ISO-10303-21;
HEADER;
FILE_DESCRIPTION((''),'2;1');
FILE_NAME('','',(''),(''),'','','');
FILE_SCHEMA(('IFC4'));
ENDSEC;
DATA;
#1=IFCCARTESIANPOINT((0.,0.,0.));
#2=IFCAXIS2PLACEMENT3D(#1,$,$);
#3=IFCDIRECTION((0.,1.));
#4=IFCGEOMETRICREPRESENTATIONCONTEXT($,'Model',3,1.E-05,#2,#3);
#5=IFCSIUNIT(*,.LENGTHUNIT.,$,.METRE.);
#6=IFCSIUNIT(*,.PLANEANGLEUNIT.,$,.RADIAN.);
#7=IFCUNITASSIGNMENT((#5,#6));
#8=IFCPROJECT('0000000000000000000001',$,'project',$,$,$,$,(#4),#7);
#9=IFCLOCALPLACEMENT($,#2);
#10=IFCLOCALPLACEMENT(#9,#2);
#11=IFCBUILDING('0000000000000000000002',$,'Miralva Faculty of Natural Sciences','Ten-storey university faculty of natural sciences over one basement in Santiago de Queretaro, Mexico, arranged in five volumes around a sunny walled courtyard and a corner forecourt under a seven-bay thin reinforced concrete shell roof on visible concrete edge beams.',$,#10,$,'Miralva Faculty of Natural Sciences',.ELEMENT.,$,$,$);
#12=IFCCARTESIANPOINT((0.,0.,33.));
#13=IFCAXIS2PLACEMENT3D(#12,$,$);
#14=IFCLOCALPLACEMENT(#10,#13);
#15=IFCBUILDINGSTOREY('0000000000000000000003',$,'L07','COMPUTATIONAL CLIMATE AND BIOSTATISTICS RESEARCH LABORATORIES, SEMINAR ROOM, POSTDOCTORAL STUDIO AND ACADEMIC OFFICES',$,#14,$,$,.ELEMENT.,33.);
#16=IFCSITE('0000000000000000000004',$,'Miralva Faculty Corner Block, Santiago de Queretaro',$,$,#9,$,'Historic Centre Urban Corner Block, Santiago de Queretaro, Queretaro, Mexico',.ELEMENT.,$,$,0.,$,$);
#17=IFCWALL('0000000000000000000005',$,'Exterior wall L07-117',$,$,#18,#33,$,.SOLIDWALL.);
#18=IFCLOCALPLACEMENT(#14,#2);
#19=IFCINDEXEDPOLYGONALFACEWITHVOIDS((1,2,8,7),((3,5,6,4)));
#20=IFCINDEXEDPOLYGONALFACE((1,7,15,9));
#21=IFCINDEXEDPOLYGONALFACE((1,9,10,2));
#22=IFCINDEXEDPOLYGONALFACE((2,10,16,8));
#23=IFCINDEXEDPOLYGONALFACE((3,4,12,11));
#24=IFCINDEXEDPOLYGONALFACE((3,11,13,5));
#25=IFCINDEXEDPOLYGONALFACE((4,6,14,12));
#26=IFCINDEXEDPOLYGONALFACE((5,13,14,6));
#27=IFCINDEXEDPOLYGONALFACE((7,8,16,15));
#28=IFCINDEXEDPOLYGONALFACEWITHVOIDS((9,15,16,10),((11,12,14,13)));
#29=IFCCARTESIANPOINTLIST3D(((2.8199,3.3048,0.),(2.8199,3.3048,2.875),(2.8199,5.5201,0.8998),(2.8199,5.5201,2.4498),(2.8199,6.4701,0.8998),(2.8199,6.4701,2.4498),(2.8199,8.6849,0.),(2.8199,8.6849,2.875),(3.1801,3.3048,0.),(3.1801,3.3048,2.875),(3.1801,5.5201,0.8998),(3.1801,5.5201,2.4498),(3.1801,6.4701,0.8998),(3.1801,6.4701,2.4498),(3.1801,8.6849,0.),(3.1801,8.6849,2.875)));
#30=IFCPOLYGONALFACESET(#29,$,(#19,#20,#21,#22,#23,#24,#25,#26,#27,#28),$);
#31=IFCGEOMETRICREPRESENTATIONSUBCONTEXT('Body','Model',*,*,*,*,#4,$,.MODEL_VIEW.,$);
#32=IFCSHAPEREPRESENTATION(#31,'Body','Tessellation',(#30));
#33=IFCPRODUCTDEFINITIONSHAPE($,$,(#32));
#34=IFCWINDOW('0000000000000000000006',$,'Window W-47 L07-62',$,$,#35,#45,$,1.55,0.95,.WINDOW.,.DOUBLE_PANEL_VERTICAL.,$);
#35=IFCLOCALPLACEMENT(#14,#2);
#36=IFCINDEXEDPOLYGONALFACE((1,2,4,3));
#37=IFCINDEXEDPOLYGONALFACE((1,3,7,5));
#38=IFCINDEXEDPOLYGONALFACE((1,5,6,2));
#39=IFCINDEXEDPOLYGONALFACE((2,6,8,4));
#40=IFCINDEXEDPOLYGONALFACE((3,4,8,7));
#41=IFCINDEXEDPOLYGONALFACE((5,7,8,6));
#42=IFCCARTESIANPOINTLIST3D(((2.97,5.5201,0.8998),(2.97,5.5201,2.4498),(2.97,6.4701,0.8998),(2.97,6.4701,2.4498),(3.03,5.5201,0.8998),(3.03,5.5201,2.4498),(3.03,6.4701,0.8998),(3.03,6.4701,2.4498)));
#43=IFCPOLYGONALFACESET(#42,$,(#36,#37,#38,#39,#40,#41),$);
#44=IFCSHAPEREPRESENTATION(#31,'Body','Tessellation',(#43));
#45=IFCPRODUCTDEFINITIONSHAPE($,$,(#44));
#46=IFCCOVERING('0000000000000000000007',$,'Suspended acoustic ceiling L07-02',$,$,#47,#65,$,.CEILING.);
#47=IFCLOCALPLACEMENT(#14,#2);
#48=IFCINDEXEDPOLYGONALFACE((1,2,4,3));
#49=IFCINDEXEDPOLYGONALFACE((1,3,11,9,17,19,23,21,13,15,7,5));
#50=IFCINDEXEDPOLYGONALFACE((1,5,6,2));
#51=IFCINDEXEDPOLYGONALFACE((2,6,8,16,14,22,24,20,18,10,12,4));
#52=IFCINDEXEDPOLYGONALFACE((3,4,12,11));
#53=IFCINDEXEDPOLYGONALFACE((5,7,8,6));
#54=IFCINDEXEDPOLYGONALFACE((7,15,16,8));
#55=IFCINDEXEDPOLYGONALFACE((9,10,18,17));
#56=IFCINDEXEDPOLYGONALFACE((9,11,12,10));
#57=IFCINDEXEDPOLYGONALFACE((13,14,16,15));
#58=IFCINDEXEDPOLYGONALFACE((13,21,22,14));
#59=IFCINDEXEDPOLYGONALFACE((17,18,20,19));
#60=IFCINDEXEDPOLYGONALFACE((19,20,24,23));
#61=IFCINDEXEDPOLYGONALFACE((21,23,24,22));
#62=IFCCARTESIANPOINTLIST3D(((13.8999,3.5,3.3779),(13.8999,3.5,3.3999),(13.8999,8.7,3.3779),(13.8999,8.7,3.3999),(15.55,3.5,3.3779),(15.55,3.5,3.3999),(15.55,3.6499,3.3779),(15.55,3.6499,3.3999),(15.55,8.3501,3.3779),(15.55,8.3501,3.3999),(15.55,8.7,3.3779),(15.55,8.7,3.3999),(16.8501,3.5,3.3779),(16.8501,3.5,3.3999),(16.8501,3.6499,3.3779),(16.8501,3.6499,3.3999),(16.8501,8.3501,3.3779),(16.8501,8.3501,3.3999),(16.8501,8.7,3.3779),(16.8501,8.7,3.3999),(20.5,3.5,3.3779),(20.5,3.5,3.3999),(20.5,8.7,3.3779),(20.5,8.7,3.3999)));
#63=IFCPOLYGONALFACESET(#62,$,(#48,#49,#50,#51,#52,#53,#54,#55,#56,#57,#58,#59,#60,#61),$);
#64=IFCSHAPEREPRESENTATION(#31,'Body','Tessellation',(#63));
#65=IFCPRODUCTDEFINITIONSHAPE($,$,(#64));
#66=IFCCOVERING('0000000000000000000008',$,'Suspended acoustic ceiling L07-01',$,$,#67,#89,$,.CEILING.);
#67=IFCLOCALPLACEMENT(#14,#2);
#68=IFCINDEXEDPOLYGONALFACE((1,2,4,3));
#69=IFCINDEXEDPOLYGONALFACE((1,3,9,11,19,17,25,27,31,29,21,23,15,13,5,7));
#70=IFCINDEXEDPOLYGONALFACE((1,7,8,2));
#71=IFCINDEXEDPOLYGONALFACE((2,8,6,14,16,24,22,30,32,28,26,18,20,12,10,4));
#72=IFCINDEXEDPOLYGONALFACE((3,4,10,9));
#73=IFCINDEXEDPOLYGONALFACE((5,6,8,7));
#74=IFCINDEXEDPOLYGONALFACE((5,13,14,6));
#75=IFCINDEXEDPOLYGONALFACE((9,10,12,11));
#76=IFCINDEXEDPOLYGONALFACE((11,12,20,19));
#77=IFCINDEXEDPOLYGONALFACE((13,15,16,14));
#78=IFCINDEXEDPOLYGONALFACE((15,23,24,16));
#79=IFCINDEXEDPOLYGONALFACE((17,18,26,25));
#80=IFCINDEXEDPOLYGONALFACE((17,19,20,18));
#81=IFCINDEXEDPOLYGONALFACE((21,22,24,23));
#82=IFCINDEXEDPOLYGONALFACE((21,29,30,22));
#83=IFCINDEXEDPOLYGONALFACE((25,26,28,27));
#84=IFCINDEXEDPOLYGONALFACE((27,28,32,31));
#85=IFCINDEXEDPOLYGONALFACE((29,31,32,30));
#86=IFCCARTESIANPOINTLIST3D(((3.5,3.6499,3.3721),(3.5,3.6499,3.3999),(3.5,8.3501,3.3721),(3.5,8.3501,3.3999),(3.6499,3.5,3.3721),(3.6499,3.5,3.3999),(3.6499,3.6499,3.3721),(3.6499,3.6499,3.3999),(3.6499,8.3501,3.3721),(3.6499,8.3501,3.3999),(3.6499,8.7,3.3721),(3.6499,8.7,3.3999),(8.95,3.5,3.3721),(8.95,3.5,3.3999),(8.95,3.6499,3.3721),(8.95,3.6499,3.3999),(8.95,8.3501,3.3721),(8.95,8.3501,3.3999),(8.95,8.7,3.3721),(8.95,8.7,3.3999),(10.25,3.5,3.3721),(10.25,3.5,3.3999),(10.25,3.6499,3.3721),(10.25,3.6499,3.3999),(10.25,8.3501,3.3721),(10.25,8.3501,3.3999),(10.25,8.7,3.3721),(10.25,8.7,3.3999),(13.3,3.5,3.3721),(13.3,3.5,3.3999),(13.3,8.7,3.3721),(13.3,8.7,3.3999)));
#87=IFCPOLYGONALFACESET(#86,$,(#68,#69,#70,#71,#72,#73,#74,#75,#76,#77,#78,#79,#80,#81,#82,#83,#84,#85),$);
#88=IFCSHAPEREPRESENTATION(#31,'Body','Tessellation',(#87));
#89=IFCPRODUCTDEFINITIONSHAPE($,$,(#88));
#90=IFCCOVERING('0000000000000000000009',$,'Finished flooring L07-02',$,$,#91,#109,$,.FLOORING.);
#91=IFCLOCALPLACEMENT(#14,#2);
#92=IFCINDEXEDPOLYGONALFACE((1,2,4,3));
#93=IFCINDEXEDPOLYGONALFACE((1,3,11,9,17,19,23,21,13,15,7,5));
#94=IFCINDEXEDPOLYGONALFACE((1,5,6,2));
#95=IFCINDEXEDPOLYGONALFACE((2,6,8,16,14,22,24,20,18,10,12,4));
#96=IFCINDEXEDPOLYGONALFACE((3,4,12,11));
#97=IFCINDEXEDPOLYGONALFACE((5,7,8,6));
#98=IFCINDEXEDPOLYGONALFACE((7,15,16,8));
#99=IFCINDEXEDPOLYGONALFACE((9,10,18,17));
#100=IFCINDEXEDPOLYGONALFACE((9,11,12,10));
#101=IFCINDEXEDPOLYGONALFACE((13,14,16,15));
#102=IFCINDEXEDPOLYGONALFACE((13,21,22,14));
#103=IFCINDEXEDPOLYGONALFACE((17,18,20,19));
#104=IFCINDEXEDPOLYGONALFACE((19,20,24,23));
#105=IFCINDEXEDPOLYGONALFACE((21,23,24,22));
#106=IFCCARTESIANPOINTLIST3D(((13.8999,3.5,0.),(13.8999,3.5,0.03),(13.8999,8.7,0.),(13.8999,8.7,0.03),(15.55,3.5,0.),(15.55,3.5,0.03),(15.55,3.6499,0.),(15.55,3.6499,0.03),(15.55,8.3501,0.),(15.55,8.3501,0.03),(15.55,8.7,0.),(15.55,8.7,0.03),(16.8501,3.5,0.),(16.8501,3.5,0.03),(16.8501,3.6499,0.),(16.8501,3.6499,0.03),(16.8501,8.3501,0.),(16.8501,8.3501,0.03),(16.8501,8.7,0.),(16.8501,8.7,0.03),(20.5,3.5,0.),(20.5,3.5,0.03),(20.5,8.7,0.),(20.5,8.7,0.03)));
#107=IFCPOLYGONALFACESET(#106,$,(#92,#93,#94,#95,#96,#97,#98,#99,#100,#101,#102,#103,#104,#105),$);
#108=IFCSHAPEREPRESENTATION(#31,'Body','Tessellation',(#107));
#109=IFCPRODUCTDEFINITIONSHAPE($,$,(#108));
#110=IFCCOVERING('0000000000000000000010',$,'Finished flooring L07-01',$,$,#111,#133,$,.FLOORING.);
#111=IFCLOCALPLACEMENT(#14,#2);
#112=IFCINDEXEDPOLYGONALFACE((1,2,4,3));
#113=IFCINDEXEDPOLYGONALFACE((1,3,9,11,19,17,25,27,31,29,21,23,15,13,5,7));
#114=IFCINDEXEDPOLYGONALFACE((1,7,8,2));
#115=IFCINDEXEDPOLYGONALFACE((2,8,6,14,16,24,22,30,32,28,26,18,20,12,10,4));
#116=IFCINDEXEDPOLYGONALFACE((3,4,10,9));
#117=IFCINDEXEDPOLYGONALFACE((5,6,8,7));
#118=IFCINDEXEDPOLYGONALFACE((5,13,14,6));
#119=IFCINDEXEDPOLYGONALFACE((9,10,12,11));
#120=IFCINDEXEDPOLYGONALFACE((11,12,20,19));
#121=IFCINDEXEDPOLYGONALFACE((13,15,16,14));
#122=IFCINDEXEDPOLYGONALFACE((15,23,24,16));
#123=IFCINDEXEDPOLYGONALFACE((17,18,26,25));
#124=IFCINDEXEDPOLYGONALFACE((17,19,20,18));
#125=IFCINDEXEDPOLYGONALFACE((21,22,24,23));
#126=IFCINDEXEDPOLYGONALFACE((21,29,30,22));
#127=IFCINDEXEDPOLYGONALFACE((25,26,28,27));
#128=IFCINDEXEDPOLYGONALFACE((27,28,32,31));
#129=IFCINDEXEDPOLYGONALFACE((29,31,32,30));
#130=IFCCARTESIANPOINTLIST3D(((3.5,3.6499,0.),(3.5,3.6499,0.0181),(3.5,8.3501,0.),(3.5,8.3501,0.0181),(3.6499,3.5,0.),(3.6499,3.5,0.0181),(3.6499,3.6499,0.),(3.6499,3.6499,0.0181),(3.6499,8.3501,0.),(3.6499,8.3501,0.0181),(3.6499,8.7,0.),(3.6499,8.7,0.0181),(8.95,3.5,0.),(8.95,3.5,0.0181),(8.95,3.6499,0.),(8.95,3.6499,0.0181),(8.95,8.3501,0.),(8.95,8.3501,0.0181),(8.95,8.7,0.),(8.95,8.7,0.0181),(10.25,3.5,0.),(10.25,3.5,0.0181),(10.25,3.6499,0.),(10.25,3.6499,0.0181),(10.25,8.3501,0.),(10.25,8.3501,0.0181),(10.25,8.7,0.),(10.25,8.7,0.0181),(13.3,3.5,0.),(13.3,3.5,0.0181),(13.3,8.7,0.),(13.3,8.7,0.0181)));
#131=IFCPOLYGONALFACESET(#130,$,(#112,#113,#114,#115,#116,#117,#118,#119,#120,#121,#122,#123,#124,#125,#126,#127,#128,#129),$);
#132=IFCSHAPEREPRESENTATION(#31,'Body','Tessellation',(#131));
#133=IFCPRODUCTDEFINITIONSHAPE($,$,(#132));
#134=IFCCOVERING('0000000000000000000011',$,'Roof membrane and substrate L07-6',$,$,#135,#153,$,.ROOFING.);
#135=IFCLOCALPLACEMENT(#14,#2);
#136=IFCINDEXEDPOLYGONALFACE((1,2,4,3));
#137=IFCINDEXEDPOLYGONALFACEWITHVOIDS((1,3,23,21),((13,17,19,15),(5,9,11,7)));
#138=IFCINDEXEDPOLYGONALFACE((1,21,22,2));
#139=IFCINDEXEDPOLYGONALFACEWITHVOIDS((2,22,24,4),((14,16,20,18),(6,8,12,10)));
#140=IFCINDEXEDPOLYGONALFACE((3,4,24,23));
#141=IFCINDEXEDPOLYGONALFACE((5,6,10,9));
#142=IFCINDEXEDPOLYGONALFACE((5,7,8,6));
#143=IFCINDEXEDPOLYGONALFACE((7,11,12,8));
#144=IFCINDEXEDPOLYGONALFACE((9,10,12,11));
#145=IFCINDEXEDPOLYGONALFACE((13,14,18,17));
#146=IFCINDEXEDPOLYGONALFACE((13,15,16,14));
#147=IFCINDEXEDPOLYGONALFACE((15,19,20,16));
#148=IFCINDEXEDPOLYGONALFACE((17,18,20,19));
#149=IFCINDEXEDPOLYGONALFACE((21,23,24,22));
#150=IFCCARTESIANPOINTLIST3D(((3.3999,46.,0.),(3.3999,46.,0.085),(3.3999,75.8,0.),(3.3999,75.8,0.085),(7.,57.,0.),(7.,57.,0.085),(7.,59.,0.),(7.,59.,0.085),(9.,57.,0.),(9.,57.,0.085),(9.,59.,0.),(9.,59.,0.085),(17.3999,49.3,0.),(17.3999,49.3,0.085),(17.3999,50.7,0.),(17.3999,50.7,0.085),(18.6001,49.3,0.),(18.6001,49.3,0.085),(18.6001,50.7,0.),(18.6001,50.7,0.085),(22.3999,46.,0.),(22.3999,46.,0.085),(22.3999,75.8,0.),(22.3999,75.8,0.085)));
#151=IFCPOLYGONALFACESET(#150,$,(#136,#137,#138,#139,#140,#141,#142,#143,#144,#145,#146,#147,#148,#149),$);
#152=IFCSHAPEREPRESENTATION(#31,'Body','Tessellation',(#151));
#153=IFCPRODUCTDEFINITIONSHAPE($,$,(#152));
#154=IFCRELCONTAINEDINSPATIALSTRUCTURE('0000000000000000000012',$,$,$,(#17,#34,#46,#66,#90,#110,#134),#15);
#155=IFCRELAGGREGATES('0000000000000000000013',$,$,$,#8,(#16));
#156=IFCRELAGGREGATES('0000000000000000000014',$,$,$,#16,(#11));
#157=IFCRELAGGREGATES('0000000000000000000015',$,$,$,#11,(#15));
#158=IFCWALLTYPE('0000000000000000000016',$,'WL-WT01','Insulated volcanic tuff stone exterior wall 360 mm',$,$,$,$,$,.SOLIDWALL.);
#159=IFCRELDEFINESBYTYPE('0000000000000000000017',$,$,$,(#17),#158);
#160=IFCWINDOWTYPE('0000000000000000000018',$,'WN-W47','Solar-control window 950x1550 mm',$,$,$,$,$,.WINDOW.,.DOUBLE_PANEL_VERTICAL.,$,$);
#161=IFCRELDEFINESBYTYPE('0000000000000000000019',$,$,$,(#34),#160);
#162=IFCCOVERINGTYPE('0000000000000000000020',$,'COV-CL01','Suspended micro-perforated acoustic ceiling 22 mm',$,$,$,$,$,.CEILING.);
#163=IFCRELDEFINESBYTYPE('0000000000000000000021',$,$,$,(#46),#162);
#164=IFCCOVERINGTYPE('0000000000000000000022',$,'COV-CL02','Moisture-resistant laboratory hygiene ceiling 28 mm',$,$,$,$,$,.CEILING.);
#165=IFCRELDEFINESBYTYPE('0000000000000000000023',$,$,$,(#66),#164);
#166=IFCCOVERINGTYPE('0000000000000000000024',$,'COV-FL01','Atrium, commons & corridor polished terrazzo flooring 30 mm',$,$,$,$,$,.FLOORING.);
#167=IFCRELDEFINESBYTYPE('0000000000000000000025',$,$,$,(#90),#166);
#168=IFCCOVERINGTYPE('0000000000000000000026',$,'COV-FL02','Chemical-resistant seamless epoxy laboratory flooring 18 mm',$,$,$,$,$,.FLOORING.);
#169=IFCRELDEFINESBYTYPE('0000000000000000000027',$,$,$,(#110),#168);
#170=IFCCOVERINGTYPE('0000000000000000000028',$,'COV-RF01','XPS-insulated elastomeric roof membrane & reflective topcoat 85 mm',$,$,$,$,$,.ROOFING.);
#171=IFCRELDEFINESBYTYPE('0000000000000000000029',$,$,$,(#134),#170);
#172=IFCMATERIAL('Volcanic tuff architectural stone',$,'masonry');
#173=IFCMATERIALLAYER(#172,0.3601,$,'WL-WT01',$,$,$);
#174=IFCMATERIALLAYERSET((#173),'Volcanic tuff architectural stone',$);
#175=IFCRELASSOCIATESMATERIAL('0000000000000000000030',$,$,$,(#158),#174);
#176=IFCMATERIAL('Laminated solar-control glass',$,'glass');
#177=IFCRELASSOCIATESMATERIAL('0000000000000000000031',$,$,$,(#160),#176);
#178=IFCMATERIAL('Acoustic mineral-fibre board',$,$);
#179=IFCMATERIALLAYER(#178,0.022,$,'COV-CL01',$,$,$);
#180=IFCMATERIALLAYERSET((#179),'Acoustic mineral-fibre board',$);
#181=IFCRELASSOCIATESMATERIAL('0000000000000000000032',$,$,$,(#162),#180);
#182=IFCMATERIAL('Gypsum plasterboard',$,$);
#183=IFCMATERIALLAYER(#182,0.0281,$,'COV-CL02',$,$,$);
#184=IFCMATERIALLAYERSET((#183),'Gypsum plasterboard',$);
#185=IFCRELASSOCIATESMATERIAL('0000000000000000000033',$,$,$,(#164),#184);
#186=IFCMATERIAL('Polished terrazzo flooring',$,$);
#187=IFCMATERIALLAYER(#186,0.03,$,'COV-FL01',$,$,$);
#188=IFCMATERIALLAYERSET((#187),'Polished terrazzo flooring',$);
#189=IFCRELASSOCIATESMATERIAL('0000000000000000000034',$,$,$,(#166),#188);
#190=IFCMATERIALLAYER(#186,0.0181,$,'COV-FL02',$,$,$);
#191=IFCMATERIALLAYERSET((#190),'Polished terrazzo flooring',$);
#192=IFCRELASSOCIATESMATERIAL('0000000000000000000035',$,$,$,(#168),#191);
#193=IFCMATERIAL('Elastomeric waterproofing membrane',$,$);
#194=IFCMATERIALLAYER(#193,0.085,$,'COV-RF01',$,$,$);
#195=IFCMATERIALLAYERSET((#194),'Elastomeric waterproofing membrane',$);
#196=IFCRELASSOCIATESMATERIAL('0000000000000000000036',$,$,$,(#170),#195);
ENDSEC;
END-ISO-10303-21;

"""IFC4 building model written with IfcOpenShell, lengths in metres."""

from ifc_helpers import new_model, si_unit, direction, frame, frame_2d, origin, place, context, subcontext, project, spatial, polyline, rectangle, outline, extrude, material, layer, layer_set, type_object, element, fill, save


model = new_model("IFC4")

# Units and contexts
model_context = context("Model", 3, precision=1e-05, world=origin(), true_north=direction((0.0, 1.0)))
body_context = subcontext(model_context, "Body", "Model", "MODEL_VIEW")
ifc_project = project(units=[si_unit("LENGTHUNIT", "METRE"), si_unit("PLANEANGLEUNIT", "RADIAN")], contexts=[model_context])

# Site, building, storey
site_placement = place(None, origin())
site = spatial("IfcSite", under=ifc_project, at=site_placement, Name="Miralva Faculty Corner Block, Santiago de Queretaro", LongName="Historic Centre Urban Corner Block, Santiago de Queretaro, Queretaro, Mexico", CompositionType="ELEMENT", RefElevation=0.0)
building_placement = place(site_placement, origin())
building = spatial("IfcBuilding", under=site, at=building_placement, Name="Miralva Faculty of Natural Sciences", Description="Ten-storey university faculty of natural sciences over one basement in Santiago de Queretaro, Mexico, arranged in five volumes around a sunny walled courtyard and a corner forecourt under a seven-bay thin reinforced concrete shell roof on visible concrete edge beams.", LongName="Miralva Faculty of Natural Sciences", CompositionType="ELEMENT")
storey_placement = place(building_placement, frame((0.0, 0.0, 33.0)))
storey = spatial("IfcBuildingStorey", under=building, at=storey_placement, Name="L07", Description="COMPUTATIONAL CLIMATE AND BIOSTATISTICS RESEARCH LABORATORIES, SEMINAR ROOM, POSTDOCTORAL STUDIO AND ACADEMIC OFFICES", CompositionType="ELEMENT", Elevation=33.0)

# Shared definitions
ifc_material_1 = material(Name="Laminated solar-control glass", Category="glass")

# Shared definitions
ifc_material_2 = material(Name="Gypsum plasterboard")

# Wall, opening, window
ifc_material_3 = material(Name="Volcanic tuff architectural stone", Category="masonry")
ifc_layer_1 = layer(ifc_material_3, 0.3601, Name="WL-WT01")
ifc_layer_set_1 = layer_set([ifc_layer_1], Name="Volcanic tuff architectural stone")
wall_type_1 = type_object("IfcWallType", Name="WL-WT01", Description="Insulated volcanic tuff stone exterior wall 360 mm", PredefinedType="SOLIDWALL", material=ifc_layer_set_1)
wall_1_placement = place(storey_placement, frame((3.0, 3.3049, 0.0), z_axis=(0.0, 0.0, 1.0), x_axis=(0.0, 1.0, 0.0)))
wall_1 = element("IfcWall", 1, at=wall_1_placement, inside=storey, type_object=wall_type_1, Name="Exterior wall L07-117", PredefinedType="SOLIDWALL", context=body_context, shape_type="SweptSolid", body=[
    extrude(rectangle(XDim=5.3801, YDim=0.3601, at=frame_2d((2.6899, 0.0))), origin(), (0.0, 0.0, 1.0), 2.875),
])
opening_1_placement = place(wall_1_placement, frame((2.2151, 0.0, 0.8999)))
opening_1 = element("IfcOpeningElement", 2, at=opening_1_placement, cuts=wall_1, PredefinedType="OPENING", context=body_context, shape_type="SweptSolid", body=[
    extrude(rectangle(XDim=0.95, YDim=1.55, at=frame_2d((0.4751, 0.7749))), frame((0.0, 0.1899, 0.0), z_axis=(0.0, -1.0, 0.0), x_axis=(1.0, 0.0, 0.0)), (0.0, 0.0, 1.0), 0.3801),
])
window_type_1 = type_object("IfcWindowType", Name="WN-W47", Description="Solar-control window 950x1550 mm", PartitioningType="DOUBLE_PANEL_VERTICAL", PredefinedType="WINDOW", material=ifc_material_1)
window_1_placement = place(opening_1_placement, origin())
window_1 = element("IfcWindow", 3, at=window_1_placement, inside=storey, type_object=window_type_1, Name="Window W-47 L07-62", OverallHeight=1.55, OverallWidth=0.95, PartitioningType="DOUBLE_PANEL_VERTICAL", PredefinedType="WINDOW", context=body_context, shape_type="SweptSolid", body=[
    extrude(rectangle(XDim=0.95, YDim=1.55, at=frame_2d((0.4751, 0.7749))), frame((0.0, 0.03, 0.0), z_axis=(0.0, -1.0, 0.0), x_axis=(1.0, 0.0, 0.0)), (0.0, 0.0, 1.0), 0.0601),
])
fill(opening_1, window_1)

# Coverings
ifc_material_4 = material(Name="Acoustic mineral-fibre board")
ifc_layer_2 = layer(ifc_material_4, 0.022, Name="COV-CL01")
ifc_layer_set_2 = layer_set([ifc_layer_2], Name="Acoustic mineral-fibre board")
covering_type_1 = type_object("IfcCoveringType", Name="COV-CL01", Description="Suspended micro-perforated acoustic ceiling 22 mm", PredefinedType="CEILING", material=ifc_layer_set_2)
covering_1_placement = place(storey_placement, frame((0.0, 0.0, 3.3779)))
element("IfcCovering", 4, at=covering_1_placement, inside=storey, type_object=covering_type_1, Name="Suspended acoustic ceiling L07-02", PredefinedType="CEILING", context=body_context, shape_type="SweptSolid", body=[
    extrude(outline(polyline([(13.8999, 3.5), (13.8999, 8.7), (15.55, 8.7), (15.55, 8.3501), (16.8501, 8.3501), (16.8501, 8.7), (20.5, 8.7), (20.5, 3.5), (16.8501, 3.5), (16.8501, 3.6499), (15.55, 3.6499), (15.55, 3.5), (13.8999, 3.5)])), origin(), (0.0, 0.0, 1.0), 0.022),
])
ifc_layer_3 = layer(ifc_material_2, 0.0281, Name="COV-CL02")
ifc_layer_set_3 = layer_set([ifc_layer_3], Name="Gypsum plasterboard")
covering_type_2 = type_object("IfcCoveringType", Name="COV-CL02", Description="Moisture-resistant laboratory hygiene ceiling 28 mm", PredefinedType="CEILING", material=ifc_layer_set_3)
covering_2_placement = place(storey_placement, frame((0.0, 0.0, 3.3721)))
element("IfcCovering", 5, at=covering_2_placement, inside=storey, type_object=covering_type_2, Name="Suspended acoustic ceiling L07-01", PredefinedType="CEILING", context=body_context, shape_type="SweptSolid", body=[
    extrude(outline(polyline([(3.6499, 3.5), (3.6499, 3.6499), (3.5, 3.6499), (3.5, 8.3501), (3.6499, 8.3501), (3.6499, 8.7), (8.95, 8.7), (8.95, 8.3501), (10.25, 8.3501), (10.25, 8.7), (13.3, 8.7), (13.3, 3.5), (10.25, 3.5), (10.25, 3.6499), (8.95, 3.6499), (8.95, 3.5), (3.6499, 3.5)])), origin(), (0.0, 0.0, 1.0), 0.0278),
])
ifc_material_5 = material(Name="Polished terrazzo flooring")
ifc_layer_4 = layer(ifc_material_5, 0.03, Name="COV-FL01")
ifc_layer_set_4 = layer_set([ifc_layer_4], Name="Polished terrazzo flooring")
covering_type_3 = type_object("IfcCoveringType", Name="COV-FL01", Description="Atrium, commons & corridor polished terrazzo flooring 30 mm", PredefinedType="FLOORING", material=ifc_layer_set_4)
covering_3_placement = place(storey_placement, origin())
element("IfcCovering", 6, at=covering_3_placement, inside=storey, type_object=covering_type_3, Name="Finished flooring L07-02", PredefinedType="FLOORING", context=body_context, shape_type="SweptSolid", body=[
    extrude(outline(polyline([(13.8999, 3.5), (13.8999, 8.7), (15.55, 8.7), (15.55, 8.3501), (16.8501, 8.3501), (16.8501, 8.7), (20.5, 8.7), (20.5, 3.5), (16.8501, 3.5), (16.8501, 3.6499), (15.55, 3.6499), (15.55, 3.5), (13.8999, 3.5)])), origin(), (0.0, 0.0, 1.0), 0.03),
])
ifc_layer_5 = layer(ifc_material_5, 0.0181, Name="COV-FL02")
ifc_layer_set_5 = layer_set([ifc_layer_5], Name="Polished terrazzo flooring")
covering_type_4 = type_object("IfcCoveringType", Name="COV-FL02", Description="Chemical-resistant seamless epoxy laboratory flooring 18 mm", PredefinedType="FLOORING", material=ifc_layer_set_5)
covering_4_placement = place(storey_placement, origin())
element("IfcCovering", 7, at=covering_4_placement, inside=storey, type_object=covering_type_4, Name="Finished flooring L07-01", PredefinedType="FLOORING", context=body_context, shape_type="SweptSolid", body=[
    extrude(outline(polyline([(3.6499, 3.5), (3.6499, 3.6499), (3.5, 3.6499), (3.5, 8.3501), (3.6499, 8.3501), (3.6499, 8.7), (8.95, 8.7), (8.95, 8.3501), (10.25, 8.3501), (10.25, 8.7), (13.3, 8.7), (13.3, 3.5), (10.25, 3.5), (10.25, 3.6499), (8.95, 3.6499), (8.95, 3.5), (3.6499, 3.5)])), origin(), (0.0, 0.0, 1.0), 0.0181),
])
ifc_material_6 = material(Name="Elastomeric waterproofing membrane")
ifc_layer_6 = layer(ifc_material_6, 0.085, Name="COV-RF01")
ifc_layer_set_6 = layer_set([ifc_layer_6], Name="Elastomeric waterproofing membrane")
covering_type_5 = type_object("IfcCoveringType", Name="COV-RF01", Description="XPS-insulated elastomeric roof membrane & reflective topcoat 85 mm", PredefinedType="ROOFING", material=ifc_layer_set_6)
covering_5_placement = place(storey_placement, origin())
element("IfcCovering", 8, at=covering_5_placement, inside=storey, type_object=covering_type_5, Name="Roof membrane and substrate L07-6", PredefinedType="ROOFING", context=body_context, shape_type="SweptSolid", body=[
    extrude(outline(polyline([(22.3999, 75.8), (22.3999, 46.0), (3.3999, 46.0), (3.3999, 75.8), (22.3999, 75.8)]), holes=[polyline([(7.0, 59.0), (7.0, 57.0), (9.0, 57.0), (9.0, 59.0), (7.0, 59.0)]), polyline([(18.6001, 50.7), (17.3999, 50.7), (17.3999, 49.3), (18.6001, 49.3), (18.6001, 50.7)])]), origin(), (0.0, 0.0, 1.0), 0.085),
])

save(model, "model.ifc")
